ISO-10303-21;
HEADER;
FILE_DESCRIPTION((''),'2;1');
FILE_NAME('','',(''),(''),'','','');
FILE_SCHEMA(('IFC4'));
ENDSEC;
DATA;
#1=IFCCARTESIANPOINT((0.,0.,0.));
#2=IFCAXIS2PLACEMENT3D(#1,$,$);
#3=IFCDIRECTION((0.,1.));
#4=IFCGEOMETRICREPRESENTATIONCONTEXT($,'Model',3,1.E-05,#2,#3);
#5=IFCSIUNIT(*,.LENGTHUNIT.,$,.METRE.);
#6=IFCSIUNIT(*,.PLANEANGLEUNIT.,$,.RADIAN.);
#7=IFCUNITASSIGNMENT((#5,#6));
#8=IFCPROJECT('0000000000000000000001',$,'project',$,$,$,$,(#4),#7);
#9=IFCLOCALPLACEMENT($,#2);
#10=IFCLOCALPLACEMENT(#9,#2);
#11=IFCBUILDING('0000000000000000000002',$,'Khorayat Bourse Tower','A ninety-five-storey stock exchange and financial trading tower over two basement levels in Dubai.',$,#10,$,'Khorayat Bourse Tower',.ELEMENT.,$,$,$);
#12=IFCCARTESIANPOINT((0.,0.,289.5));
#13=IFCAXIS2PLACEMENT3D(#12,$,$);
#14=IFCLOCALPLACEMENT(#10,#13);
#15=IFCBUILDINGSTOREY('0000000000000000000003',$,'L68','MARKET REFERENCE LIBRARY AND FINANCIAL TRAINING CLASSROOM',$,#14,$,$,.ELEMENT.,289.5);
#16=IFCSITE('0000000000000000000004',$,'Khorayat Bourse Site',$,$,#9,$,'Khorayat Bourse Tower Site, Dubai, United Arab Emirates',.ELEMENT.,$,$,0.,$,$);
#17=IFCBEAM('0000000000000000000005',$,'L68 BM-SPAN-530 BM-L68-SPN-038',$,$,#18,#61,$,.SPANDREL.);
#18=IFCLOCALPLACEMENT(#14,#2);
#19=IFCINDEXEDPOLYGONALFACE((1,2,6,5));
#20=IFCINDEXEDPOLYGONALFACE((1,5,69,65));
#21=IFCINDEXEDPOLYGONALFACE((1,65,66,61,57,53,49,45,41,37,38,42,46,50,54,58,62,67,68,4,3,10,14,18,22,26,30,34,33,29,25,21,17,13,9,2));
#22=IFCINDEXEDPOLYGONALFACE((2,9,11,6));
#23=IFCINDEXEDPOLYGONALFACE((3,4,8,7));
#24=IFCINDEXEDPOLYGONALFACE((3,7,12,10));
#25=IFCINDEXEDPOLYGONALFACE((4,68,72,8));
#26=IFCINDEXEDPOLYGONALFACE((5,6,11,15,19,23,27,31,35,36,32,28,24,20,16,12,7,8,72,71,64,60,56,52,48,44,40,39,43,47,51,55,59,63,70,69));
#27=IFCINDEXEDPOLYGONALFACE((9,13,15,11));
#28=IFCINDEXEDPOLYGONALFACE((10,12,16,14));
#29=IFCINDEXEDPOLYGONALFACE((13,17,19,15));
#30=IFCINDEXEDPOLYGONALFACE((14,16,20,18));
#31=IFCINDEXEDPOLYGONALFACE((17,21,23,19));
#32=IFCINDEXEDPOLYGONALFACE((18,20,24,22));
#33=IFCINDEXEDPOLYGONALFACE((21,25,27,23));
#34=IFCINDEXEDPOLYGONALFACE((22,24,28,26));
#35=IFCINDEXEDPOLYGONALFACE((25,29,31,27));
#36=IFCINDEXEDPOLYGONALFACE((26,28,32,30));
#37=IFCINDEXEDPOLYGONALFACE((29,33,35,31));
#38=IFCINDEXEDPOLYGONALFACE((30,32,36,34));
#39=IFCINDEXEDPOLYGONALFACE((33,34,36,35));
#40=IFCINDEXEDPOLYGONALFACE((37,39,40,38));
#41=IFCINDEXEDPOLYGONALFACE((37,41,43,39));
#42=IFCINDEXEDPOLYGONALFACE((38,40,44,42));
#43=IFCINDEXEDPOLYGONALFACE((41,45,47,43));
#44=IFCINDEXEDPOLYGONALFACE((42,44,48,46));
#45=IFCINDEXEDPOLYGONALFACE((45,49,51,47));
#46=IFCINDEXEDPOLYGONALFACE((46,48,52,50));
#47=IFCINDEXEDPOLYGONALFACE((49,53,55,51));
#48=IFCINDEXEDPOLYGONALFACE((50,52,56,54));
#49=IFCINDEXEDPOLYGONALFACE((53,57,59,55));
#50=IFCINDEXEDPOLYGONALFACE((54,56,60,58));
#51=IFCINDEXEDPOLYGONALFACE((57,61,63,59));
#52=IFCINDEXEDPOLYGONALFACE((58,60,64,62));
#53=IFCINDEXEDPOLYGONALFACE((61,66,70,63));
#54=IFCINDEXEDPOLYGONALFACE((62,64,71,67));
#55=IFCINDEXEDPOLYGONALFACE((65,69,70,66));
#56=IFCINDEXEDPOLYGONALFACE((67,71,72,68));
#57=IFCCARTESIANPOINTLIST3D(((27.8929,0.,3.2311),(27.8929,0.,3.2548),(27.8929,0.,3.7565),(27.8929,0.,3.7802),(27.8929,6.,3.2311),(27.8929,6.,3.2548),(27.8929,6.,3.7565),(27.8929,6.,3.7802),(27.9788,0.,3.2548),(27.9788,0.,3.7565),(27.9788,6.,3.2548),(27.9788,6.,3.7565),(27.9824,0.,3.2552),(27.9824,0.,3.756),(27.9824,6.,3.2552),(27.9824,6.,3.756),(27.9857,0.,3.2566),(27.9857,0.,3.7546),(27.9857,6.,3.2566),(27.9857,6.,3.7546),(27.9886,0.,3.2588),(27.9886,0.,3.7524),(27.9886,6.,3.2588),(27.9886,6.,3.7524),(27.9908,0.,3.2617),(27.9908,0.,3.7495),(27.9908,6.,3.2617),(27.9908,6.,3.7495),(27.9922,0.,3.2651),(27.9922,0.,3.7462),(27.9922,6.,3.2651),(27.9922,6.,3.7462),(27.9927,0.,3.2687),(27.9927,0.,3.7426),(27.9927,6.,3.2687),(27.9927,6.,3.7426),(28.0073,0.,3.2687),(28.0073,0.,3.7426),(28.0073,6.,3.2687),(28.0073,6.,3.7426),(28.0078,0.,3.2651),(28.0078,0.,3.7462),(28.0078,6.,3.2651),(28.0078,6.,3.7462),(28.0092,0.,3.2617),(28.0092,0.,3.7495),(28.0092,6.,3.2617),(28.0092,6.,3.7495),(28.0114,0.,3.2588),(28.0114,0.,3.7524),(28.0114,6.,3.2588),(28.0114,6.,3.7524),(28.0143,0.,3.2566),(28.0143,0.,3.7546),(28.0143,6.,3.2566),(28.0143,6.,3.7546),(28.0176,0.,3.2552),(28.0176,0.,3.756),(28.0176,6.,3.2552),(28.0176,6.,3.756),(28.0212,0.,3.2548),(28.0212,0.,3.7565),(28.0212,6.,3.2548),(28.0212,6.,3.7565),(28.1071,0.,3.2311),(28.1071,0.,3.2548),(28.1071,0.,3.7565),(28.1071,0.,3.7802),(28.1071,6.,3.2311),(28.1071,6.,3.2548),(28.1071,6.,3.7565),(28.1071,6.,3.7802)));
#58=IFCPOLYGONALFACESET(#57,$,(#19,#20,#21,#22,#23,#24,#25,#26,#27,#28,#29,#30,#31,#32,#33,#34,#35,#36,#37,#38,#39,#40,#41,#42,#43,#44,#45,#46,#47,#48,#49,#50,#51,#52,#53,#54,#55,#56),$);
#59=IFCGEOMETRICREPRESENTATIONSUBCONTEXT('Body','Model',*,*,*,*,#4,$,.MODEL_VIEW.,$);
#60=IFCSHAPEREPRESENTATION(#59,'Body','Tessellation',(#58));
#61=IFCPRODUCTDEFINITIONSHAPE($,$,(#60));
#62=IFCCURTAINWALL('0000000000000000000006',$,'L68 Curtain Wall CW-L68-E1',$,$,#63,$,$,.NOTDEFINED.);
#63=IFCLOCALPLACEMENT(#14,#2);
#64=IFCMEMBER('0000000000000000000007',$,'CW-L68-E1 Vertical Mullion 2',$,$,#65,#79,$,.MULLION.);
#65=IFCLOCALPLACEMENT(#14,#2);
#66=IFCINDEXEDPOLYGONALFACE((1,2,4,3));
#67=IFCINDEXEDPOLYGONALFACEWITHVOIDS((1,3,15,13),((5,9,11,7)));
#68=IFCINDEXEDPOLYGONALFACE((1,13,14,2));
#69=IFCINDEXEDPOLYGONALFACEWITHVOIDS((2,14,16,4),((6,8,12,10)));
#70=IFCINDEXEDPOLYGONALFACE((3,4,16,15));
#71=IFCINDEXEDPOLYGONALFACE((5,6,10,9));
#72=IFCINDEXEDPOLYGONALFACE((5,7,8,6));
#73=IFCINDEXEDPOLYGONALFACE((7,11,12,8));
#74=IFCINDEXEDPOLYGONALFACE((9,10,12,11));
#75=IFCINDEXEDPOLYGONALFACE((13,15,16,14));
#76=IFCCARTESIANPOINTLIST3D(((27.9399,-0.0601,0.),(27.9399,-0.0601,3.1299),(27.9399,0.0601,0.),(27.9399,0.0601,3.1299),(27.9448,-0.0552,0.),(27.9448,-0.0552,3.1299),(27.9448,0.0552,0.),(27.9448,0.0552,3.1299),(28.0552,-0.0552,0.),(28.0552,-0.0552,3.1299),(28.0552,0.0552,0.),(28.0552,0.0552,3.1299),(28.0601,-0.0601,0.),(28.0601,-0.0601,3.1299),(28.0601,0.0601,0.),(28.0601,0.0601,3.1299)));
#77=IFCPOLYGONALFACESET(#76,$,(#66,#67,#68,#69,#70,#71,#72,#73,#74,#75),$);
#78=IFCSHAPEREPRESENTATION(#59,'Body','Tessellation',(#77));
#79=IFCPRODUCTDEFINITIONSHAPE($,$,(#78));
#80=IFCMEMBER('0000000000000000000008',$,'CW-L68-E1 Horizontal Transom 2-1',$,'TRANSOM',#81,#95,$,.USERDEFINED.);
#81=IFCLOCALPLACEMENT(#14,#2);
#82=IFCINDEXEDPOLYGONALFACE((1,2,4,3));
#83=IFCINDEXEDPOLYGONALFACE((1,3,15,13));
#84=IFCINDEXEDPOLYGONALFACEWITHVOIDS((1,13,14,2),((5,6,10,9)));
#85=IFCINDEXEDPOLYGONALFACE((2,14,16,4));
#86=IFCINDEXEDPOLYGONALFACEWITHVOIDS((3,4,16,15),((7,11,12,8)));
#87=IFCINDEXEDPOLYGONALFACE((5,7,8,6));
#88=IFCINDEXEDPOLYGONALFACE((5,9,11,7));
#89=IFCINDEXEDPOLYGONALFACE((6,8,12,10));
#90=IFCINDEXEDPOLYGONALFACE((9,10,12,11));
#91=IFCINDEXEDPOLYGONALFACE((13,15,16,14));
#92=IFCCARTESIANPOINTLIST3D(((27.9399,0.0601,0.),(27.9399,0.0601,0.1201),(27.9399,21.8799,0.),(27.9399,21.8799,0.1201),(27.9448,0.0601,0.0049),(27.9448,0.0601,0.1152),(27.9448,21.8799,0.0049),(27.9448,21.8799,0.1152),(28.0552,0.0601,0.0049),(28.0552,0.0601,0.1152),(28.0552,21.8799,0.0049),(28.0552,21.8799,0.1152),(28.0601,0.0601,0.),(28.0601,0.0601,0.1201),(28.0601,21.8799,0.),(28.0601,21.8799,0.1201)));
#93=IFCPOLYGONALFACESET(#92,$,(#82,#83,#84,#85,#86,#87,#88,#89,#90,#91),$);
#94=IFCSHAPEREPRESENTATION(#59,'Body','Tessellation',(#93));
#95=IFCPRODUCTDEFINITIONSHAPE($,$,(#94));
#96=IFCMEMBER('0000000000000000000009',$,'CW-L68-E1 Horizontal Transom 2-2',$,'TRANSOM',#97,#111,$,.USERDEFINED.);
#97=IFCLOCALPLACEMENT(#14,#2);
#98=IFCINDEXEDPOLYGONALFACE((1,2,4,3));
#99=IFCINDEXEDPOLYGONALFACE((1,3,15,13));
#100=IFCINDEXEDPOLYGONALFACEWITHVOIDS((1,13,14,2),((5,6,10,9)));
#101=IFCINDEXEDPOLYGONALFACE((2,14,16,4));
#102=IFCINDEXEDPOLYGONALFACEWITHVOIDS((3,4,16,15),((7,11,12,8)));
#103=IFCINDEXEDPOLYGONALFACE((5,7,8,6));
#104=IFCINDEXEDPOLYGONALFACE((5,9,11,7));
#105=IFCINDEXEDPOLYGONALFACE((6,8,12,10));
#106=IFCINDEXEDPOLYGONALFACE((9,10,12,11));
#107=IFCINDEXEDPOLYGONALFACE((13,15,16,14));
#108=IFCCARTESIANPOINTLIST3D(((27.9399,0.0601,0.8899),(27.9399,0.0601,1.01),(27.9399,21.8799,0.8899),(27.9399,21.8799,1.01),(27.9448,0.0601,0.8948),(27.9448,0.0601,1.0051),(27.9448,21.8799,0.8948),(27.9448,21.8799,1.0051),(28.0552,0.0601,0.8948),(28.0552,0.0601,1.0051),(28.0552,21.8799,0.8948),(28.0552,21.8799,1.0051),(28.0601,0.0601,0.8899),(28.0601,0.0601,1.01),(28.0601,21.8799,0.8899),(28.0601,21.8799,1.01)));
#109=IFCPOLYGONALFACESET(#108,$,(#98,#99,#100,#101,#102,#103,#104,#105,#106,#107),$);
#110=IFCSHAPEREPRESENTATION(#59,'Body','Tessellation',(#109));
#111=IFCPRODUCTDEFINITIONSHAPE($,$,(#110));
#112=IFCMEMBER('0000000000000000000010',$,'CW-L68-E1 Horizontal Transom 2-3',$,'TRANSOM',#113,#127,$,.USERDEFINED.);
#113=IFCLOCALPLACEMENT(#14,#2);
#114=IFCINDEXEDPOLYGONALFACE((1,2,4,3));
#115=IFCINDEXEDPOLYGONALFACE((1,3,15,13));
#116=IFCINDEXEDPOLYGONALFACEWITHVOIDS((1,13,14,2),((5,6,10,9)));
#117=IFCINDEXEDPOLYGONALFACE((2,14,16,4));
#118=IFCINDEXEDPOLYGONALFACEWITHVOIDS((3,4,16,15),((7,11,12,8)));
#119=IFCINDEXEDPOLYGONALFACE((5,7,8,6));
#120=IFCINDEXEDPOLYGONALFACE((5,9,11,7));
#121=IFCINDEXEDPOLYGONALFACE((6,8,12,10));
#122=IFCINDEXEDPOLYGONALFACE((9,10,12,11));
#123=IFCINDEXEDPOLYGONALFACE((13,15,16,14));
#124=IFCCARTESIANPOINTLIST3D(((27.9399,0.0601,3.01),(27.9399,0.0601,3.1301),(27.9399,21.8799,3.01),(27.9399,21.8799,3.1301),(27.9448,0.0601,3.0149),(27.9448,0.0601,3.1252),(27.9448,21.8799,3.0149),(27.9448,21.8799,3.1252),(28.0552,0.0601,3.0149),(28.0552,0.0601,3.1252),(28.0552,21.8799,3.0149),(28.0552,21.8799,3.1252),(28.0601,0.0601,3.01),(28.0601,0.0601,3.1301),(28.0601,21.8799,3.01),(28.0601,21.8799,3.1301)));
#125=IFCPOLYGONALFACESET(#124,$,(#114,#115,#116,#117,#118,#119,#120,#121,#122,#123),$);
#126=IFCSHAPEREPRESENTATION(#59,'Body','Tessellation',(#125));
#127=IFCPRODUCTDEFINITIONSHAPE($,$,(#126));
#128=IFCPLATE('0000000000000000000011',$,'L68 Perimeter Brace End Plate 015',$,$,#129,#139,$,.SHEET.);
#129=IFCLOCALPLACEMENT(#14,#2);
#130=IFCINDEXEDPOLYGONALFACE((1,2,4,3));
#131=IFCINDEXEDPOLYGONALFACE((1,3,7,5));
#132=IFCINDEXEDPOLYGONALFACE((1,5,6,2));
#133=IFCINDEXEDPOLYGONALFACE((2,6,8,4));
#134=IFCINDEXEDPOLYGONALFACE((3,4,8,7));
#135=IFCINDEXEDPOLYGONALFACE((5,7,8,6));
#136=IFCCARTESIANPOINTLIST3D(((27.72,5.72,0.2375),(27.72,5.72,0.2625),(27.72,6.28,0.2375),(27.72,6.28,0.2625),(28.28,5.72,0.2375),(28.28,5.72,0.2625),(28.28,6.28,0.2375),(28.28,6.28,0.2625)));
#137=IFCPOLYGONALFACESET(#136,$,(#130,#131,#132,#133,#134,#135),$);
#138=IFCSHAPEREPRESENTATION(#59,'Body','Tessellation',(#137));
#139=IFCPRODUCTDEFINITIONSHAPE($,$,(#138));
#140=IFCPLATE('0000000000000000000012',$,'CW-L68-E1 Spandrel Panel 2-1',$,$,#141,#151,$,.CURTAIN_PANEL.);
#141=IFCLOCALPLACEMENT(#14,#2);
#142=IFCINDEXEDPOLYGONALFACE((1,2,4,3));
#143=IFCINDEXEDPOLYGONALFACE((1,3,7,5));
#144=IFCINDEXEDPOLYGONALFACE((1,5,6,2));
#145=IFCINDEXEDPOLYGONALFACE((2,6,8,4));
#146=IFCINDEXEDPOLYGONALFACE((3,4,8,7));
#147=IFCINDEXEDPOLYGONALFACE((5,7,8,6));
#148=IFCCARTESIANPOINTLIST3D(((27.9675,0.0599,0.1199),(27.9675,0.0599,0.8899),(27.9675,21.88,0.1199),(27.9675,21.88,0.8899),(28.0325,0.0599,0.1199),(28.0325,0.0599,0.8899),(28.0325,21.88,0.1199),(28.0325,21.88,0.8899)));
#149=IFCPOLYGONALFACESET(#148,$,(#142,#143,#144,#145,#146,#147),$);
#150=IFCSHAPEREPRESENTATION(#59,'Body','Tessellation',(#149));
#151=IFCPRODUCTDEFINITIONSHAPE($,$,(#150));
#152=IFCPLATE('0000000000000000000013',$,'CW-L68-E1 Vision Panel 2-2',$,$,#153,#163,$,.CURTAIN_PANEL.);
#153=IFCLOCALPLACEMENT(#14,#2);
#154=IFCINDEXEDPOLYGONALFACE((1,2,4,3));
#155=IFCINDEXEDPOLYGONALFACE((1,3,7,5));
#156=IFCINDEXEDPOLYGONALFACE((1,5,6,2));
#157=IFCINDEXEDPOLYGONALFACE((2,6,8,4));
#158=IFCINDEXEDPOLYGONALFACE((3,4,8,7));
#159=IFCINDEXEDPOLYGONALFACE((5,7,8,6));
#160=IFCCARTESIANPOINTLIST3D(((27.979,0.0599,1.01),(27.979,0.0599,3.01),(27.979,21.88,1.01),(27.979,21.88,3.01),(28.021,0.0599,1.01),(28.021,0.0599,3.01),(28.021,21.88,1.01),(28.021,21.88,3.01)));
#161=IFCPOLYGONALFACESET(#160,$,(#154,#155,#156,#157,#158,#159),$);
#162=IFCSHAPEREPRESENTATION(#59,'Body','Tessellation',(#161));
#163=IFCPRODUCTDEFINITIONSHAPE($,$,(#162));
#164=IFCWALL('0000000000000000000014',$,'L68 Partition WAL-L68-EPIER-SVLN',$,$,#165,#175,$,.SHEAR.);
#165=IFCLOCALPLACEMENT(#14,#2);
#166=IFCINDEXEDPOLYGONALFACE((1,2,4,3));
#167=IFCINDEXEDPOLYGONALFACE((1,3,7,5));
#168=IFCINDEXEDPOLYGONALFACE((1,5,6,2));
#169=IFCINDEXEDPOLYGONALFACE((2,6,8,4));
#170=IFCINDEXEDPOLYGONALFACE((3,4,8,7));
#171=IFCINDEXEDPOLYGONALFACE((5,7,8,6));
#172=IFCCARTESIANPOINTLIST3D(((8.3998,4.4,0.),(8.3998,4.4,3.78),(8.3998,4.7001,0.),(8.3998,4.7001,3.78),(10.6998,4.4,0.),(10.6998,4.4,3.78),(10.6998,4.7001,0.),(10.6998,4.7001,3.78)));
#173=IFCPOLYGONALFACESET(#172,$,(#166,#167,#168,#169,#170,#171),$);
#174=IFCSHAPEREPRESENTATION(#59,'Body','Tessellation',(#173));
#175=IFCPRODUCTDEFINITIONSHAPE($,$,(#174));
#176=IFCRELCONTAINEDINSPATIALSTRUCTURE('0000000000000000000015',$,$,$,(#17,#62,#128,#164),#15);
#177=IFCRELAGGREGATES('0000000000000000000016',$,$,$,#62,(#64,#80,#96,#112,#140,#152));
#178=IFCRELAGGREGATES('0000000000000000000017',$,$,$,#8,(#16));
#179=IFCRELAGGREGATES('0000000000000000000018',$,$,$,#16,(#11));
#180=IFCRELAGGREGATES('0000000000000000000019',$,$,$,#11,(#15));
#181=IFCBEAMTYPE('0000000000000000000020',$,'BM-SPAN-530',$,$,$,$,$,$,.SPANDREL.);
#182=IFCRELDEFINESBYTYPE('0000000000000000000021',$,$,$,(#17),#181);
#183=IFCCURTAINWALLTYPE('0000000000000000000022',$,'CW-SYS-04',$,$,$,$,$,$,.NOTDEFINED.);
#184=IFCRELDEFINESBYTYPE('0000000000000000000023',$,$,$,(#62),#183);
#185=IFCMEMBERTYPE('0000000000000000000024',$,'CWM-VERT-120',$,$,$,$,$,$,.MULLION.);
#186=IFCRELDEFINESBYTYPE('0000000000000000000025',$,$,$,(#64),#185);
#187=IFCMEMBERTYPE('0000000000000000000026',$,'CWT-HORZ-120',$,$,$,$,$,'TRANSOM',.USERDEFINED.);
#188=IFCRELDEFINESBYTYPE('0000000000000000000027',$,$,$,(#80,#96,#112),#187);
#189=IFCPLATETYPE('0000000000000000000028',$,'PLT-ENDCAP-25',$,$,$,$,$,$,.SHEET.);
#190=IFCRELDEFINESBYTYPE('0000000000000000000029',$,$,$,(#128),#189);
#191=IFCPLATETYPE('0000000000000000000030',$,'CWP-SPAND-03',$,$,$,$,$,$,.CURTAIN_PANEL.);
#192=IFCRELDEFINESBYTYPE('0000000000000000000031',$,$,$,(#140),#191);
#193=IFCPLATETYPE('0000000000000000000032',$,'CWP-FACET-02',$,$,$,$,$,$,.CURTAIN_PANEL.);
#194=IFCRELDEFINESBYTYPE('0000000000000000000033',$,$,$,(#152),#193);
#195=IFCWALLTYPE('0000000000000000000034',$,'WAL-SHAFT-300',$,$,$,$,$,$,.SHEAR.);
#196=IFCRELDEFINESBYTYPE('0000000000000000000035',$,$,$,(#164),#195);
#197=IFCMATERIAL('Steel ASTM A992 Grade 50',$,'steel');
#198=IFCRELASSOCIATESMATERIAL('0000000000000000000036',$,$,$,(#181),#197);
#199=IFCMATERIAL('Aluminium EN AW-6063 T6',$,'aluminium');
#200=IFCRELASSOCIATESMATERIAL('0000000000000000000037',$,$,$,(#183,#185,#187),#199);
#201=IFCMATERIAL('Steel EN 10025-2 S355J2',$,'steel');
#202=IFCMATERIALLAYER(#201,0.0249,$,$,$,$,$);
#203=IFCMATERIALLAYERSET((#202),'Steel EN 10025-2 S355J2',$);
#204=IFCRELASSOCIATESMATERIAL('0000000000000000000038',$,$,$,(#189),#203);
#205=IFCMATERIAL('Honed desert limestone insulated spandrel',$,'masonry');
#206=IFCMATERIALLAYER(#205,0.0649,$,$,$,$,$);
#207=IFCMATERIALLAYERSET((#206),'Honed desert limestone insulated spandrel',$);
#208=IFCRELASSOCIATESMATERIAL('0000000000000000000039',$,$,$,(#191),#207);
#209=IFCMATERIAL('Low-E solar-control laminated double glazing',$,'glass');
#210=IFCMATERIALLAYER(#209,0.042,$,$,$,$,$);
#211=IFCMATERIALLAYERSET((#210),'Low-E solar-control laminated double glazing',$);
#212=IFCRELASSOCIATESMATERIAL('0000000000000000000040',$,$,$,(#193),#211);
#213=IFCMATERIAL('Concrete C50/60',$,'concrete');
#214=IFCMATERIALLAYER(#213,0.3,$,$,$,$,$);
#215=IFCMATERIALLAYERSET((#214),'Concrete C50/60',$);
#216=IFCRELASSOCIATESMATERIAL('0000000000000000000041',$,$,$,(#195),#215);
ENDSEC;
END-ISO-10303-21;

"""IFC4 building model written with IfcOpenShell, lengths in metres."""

from ifc_helpers import new_model, si_unit, direction, frame, frame_2d, origin, origin_2d, place, context, subcontext, project, spatial, rectangle, hollow_rectangle, i_section, extrude, source, transform, mapped, material, layer, layer_set, material_profile, profile_set, type_object, element, aggregate, save


model = new_model("IFC4")

# Units and contexts
model_context = context("Model", 3, precision=1e-05, world=origin(), true_north=direction((0.0, 1.0)))
body_context = subcontext(model_context, "Body", "Model", "MODEL_VIEW")
ifc_project = project(units=[si_unit("LENGTHUNIT", "METRE"), si_unit("PLANEANGLEUNIT", "RADIAN")], contexts=[model_context])

# Site, building, storey
site_placement = place(None, origin())
site = spatial("IfcSite", under=ifc_project, at=site_placement, Name="Khorayat Bourse Site", LongName="Khorayat Bourse Tower Site, Dubai, United Arab Emirates", CompositionType="ELEMENT", RefElevation=0.0)
building_placement = place(site_placement, origin())
building = spatial("IfcBuilding", under=site, at=building_placement, Name="Khorayat Bourse Tower", Description="A ninety-five-storey stock exchange and financial trading tower over two basement levels in Dubai.", LongName="Khorayat Bourse Tower", CompositionType="ELEMENT")
storey_placement = place(building_placement, frame((0.0, 0.0, 289.5)))
storey = spatial("IfcBuildingStorey", under=building, at=storey_placement, Name="L68", Description="MARKET REFERENCE LIBRARY AND FINANCIAL TRAINING CLASSROOM", CompositionType="ELEMENT", Elevation=289.5)

# Beam
ifc_material_1 = material(Name="Steel ASTM A992 Grade 50", Category="steel")
ifc_material_profile_1 = material_profile(ifc_material_1, i_section(OverallWidth=0.2141, OverallDepth=0.5491, WebThickness=0.0146, FlangeThickness=0.0237, FilletRadius=0.0139, at=origin_2d()), Name="W530X138")
ifc_profile_set_1 = profile_set([ifc_material_profile_1], Name="Steel ASTM A992 Grade 50")
beam_type_1 = type_object("IfcBeamType", Name="BM-SPAN-530", PredefinedType="SPANDREL", material=ifc_profile_set_1)
shared_shape_1 = source(origin(), body_context, "Body", "SweptSolid", [
    extrude(i_section(OverallWidth=0.2141, OverallDepth=0.5491, WebThickness=0.0146, FlangeThickness=0.0237, FilletRadius=0.0139, at=origin_2d()), origin(), (0.0, 0.0, 1.0), 6.0),
])
beam_1_placement = place(storey_placement, frame((28.0, 0.0, 3.5056), z_axis=(0.0, 1.0, 0.0), x_axis=(-1.0, 0.0, 0.0)))
element("IfcBeam", 1, at=beam_1_placement, inside=storey, type_object=beam_type_1, Name="L68 BM-SPAN-530 BM-L68-SPN-038", PredefinedType="SPANDREL", context=body_context, shape_type="MappedRepresentation", body=[
    mapped(shared_shape_1, transform((0.0, 0.0, 0.0), scale=1.0)),
])

# Curtain wall, members
ifc_material_2 = material(Name="Aluminium EN AW-6063 T6", Category="aluminium")
curtain_wall_type = type_object("IfcCurtainWallType", Name="CW-SYS-04", PredefinedType="NOTDEFINED", material=ifc_material_2)
curtain_wall_placement = place(storey_placement, origin())
curtain_wall = element("IfcCurtainWall", 2, at=curtain_wall_placement, inside=storey, type_object=curtain_wall_type, Name="L68 Curtain Wall CW-L68-E1", PredefinedType="NOTDEFINED")
ifc_material_profile_2 = material_profile(ifc_material_2, hollow_rectangle(XDim=0.1201, YDim=0.1201, WallThickness=0.0049, at=origin_2d()), Name="ALU 120x120x5")
ifc_profile_set_2 = profile_set([ifc_material_profile_2], Name="Aluminium EN AW-6063 T6")
member_type_1 = type_object("IfcMemberType", Name="CWM-VERT-120", PredefinedType="MULLION", material=ifc_profile_set_2)
shared_shape_2 = source(origin(), body_context, "Body", "SweptSolid", [
    extrude(hollow_rectangle(XDim=0.1201, YDim=0.1201, WallThickness=0.0049, at=origin_2d()), origin(), (0.0, 0.0, 1.0), 3.1299),
])
member_1_placement = place(storey_placement, frame((28.0, 0.0, 0.0), z_axis=(0.0, 0.0, 1.0), x_axis=(-1.0, 0.0, 0.0)))
member_1 = element("IfcMember", 3, at=member_1_placement, type_object=member_type_1, Name="CW-L68-E1 Vertical Mullion 2", PredefinedType="MULLION", context=body_context, shape_type="MappedRepresentation", body=[
    mapped(shared_shape_2, transform((0.0, 0.0, 0.0), scale=1.0)),
])
ifc_material_profile_3 = material_profile(ifc_material_2, hollow_rectangle(XDim=0.1201, YDim=0.1201, WallThickness=0.0049, at=origin_2d()), Name="ALU 120x120x5")
ifc_profile_set_3 = profile_set([ifc_material_profile_3], Name="Aluminium EN AW-6063 T6")
member_type_2 = type_object("IfcMemberType", Name="CWT-HORZ-120", ElementType="TRANSOM", PredefinedType="USERDEFINED", material=ifc_profile_set_3)
shared_shape_3 = source(origin(), body_context, "Body", "SweptSolid", [
    extrude(hollow_rectangle(XDim=0.1201, YDim=0.1201, WallThickness=0.0049, at=origin_2d()), origin(), (0.0, 0.0, 1.0), 21.8198),
])
member_2_placement = place(storey_placement, frame((28.0, 0.0601, 0.0601), z_axis=(0.0, 1.0, 0.0), x_axis=(-1.0, 0.0, 0.0)))
member_2 = element("IfcMember", 4, at=member_2_placement, type_object=member_type_2, Name="CW-L68-E1 Horizontal Transom 2-1", ObjectType="TRANSOM", PredefinedType="USERDEFINED", context=body_context, shape_type="MappedRepresentation", body=[
    mapped(shared_shape_3, transform((0.0, 0.0, 0.0), scale=1.0)),
])
member_3_placement = place(storey_placement, frame((28.0, 0.0601, 0.95), z_axis=(0.0, 1.0, 0.0), x_axis=(-1.0, 0.0, 0.0)))
member_3 = element("IfcMember", 5, at=member_3_placement, type_object=member_type_2, Name="CW-L68-E1 Horizontal Transom 2-2", ObjectType="TRANSOM", PredefinedType="USERDEFINED", context=body_context, shape_type="MappedRepresentation", body=[
    mapped(shared_shape_3, transform((0.0, 0.0, 0.0), scale=1.0)),
])
member_4_placement = place(storey_placement, frame((28.0, 0.0601, 3.0701), z_axis=(0.0, 1.0, 0.0), x_axis=(-1.0, 0.0, 0.0)))
member_4 = element("IfcMember", 6, at=member_4_placement, type_object=member_type_2, Name="CW-L68-E1 Horizontal Transom 2-3", ObjectType="TRANSOM", PredefinedType="USERDEFINED", context=body_context, shape_type="MappedRepresentation", body=[
    mapped(shared_shape_3, transform((0.0, 0.0, 0.0), scale=1.0)),
])

# Plates
ifc_material_3 = material(Name="Steel EN 10025-2 S355J2", Category="steel")
ifc_layer_1 = layer(ifc_material_3, 0.0249)
ifc_layer_set_1 = layer_set([ifc_layer_1], Name="Steel EN 10025-2 S355J2")
plate_type_1 = type_object("IfcPlateType", Name="PLT-ENDCAP-25", PredefinedType="SHEET", material=ifc_layer_set_1)
shared_shape_4 = source(origin(), body_context, "Body", "SweptSolid", [
    extrude(rectangle(XDim=0.5601, YDim=0.5601, at=origin_2d()), origin(), (0.0, 0.0, 1.0), 0.0249),
])
plate_1_placement = place(storey_placement, frame((28.0, 6.0, 0.2375), z_axis=(0.0, 0.0, 1.0), x_axis=(1.0, 0.0, 0.0)))
element("IfcPlate", 7, at=plate_1_placement, inside=storey, type_object=plate_type_1, Name="L68 Perimeter Brace End Plate 015", PredefinedType="SHEET", context=body_context, shape_type="MappedRepresentation", body=[
    mapped(shared_shape_4, transform((0.0, 0.0, 0.0), scale=1.0)),
])
ifc_material_4 = material(Name="Honed desert limestone insulated spandrel", Category="masonry")
ifc_layer_2 = layer(ifc_material_4, 0.0649)
ifc_layer_set_2 = layer_set([ifc_layer_2], Name="Honed desert limestone insulated spandrel")
plate_type_2 = type_object("IfcPlateType", Name="CWP-SPAND-03", PredefinedType="CURTAIN_PANEL", material=ifc_layer_set_2)
shared_shape_5 = source(origin(), body_context, "Body", "SweptSolid", [
    extrude(rectangle(XDim=21.8201, YDim=0.0649, at=origin_2d()), origin(), (0.0, 0.0, 1.0), 0.77),
])
plate_2_placement = place(storey_placement, frame((28.0, 10.97, 0.1199), z_axis=(0.0, 0.0, 1.0), x_axis=(0.0, 1.0, 0.0)))
plate_2 = element("IfcPlate", 8, at=plate_2_placement, type_object=plate_type_2, Name="CW-L68-E1 Spandrel Panel 2-1", PredefinedType="CURTAIN_PANEL", context=body_context, shape_type="MappedRepresentation", body=[
    mapped(shared_shape_5, transform((0.0, 0.0, 0.0), scale=1.0)),
])
ifc_material_5 = material(Name="Low-E solar-control laminated double glazing", Category="glass")
ifc_layer_3 = layer(ifc_material_5, 0.042)
ifc_layer_set_3 = layer_set([ifc_layer_3], Name="Low-E solar-control laminated double glazing")
plate_type_3 = type_object("IfcPlateType", Name="CWP-FACET-02", PredefinedType="CURTAIN_PANEL", material=ifc_layer_set_3)
shared_shape_6 = source(origin(), body_context, "Body", "SweptSolid", [
    extrude(rectangle(XDim=21.8201, YDim=0.042, at=origin_2d()), origin(), (0.0, 0.0, 1.0), 2.0),
])
plate_3_placement = place(storey_placement, frame((28.0, 10.97, 1.01), z_axis=(0.0, 0.0, 1.0), x_axis=(0.0, 1.0, 0.0)))
plate_3 = element("IfcPlate", 9, at=plate_3_placement, type_object=plate_type_3, Name="CW-L68-E1 Vision Panel 2-2", PredefinedType="CURTAIN_PANEL", context=body_context, shape_type="MappedRepresentation", body=[
    mapped(shared_shape_6, transform((0.0, 0.0, 0.0), scale=1.0)),
])
aggregate(curtain_wall, [member_1, member_2, member_3, member_4, plate_2, plate_3])

# Wall
ifc_material_6 = material(Name="Concrete C50/60", Category="concrete")
ifc_layer_4 = layer(ifc_material_6, 0.3)
ifc_layer_set_4 = layer_set([ifc_layer_4], Name="Concrete C50/60")
wall_type_1 = type_object("IfcWallType", Name="WAL-SHAFT-300", PredefinedType="SHEAR", material=ifc_layer_set_4)
shared_shape_7 = source(origin(), body_context, "Body", "SweptSolid", [
    extrude(rectangle(XDim=2.3, YDim=0.3, at=frame_2d((1.1499, 0.0))), origin(), (0.0, 0.0, 1.0), 3.78),
])
for number, where, z_axis, x_axis, name in (
    (10, (8.3999, 4.55, 0.0), (0.0, 0.0, 1.0), (1.0, 0.0, 0.0), "L68 Partition WAL-L68-EPIER-SVLN"),
):
    element("IfcWall", number, at=place(storey_placement, frame(where, z_axis=z_axis, x_axis=x_axis)), inside=storey, type_object=wall_type_1, Name=name, PredefinedType="SHEAR", context=body_context, shape_type="MappedRepresentation", body=[
        mapped(shared_shape_7, transform((0.0, 0.0, 0.0), scale=1.0)),
    ])

save(model, "model.ifc")
